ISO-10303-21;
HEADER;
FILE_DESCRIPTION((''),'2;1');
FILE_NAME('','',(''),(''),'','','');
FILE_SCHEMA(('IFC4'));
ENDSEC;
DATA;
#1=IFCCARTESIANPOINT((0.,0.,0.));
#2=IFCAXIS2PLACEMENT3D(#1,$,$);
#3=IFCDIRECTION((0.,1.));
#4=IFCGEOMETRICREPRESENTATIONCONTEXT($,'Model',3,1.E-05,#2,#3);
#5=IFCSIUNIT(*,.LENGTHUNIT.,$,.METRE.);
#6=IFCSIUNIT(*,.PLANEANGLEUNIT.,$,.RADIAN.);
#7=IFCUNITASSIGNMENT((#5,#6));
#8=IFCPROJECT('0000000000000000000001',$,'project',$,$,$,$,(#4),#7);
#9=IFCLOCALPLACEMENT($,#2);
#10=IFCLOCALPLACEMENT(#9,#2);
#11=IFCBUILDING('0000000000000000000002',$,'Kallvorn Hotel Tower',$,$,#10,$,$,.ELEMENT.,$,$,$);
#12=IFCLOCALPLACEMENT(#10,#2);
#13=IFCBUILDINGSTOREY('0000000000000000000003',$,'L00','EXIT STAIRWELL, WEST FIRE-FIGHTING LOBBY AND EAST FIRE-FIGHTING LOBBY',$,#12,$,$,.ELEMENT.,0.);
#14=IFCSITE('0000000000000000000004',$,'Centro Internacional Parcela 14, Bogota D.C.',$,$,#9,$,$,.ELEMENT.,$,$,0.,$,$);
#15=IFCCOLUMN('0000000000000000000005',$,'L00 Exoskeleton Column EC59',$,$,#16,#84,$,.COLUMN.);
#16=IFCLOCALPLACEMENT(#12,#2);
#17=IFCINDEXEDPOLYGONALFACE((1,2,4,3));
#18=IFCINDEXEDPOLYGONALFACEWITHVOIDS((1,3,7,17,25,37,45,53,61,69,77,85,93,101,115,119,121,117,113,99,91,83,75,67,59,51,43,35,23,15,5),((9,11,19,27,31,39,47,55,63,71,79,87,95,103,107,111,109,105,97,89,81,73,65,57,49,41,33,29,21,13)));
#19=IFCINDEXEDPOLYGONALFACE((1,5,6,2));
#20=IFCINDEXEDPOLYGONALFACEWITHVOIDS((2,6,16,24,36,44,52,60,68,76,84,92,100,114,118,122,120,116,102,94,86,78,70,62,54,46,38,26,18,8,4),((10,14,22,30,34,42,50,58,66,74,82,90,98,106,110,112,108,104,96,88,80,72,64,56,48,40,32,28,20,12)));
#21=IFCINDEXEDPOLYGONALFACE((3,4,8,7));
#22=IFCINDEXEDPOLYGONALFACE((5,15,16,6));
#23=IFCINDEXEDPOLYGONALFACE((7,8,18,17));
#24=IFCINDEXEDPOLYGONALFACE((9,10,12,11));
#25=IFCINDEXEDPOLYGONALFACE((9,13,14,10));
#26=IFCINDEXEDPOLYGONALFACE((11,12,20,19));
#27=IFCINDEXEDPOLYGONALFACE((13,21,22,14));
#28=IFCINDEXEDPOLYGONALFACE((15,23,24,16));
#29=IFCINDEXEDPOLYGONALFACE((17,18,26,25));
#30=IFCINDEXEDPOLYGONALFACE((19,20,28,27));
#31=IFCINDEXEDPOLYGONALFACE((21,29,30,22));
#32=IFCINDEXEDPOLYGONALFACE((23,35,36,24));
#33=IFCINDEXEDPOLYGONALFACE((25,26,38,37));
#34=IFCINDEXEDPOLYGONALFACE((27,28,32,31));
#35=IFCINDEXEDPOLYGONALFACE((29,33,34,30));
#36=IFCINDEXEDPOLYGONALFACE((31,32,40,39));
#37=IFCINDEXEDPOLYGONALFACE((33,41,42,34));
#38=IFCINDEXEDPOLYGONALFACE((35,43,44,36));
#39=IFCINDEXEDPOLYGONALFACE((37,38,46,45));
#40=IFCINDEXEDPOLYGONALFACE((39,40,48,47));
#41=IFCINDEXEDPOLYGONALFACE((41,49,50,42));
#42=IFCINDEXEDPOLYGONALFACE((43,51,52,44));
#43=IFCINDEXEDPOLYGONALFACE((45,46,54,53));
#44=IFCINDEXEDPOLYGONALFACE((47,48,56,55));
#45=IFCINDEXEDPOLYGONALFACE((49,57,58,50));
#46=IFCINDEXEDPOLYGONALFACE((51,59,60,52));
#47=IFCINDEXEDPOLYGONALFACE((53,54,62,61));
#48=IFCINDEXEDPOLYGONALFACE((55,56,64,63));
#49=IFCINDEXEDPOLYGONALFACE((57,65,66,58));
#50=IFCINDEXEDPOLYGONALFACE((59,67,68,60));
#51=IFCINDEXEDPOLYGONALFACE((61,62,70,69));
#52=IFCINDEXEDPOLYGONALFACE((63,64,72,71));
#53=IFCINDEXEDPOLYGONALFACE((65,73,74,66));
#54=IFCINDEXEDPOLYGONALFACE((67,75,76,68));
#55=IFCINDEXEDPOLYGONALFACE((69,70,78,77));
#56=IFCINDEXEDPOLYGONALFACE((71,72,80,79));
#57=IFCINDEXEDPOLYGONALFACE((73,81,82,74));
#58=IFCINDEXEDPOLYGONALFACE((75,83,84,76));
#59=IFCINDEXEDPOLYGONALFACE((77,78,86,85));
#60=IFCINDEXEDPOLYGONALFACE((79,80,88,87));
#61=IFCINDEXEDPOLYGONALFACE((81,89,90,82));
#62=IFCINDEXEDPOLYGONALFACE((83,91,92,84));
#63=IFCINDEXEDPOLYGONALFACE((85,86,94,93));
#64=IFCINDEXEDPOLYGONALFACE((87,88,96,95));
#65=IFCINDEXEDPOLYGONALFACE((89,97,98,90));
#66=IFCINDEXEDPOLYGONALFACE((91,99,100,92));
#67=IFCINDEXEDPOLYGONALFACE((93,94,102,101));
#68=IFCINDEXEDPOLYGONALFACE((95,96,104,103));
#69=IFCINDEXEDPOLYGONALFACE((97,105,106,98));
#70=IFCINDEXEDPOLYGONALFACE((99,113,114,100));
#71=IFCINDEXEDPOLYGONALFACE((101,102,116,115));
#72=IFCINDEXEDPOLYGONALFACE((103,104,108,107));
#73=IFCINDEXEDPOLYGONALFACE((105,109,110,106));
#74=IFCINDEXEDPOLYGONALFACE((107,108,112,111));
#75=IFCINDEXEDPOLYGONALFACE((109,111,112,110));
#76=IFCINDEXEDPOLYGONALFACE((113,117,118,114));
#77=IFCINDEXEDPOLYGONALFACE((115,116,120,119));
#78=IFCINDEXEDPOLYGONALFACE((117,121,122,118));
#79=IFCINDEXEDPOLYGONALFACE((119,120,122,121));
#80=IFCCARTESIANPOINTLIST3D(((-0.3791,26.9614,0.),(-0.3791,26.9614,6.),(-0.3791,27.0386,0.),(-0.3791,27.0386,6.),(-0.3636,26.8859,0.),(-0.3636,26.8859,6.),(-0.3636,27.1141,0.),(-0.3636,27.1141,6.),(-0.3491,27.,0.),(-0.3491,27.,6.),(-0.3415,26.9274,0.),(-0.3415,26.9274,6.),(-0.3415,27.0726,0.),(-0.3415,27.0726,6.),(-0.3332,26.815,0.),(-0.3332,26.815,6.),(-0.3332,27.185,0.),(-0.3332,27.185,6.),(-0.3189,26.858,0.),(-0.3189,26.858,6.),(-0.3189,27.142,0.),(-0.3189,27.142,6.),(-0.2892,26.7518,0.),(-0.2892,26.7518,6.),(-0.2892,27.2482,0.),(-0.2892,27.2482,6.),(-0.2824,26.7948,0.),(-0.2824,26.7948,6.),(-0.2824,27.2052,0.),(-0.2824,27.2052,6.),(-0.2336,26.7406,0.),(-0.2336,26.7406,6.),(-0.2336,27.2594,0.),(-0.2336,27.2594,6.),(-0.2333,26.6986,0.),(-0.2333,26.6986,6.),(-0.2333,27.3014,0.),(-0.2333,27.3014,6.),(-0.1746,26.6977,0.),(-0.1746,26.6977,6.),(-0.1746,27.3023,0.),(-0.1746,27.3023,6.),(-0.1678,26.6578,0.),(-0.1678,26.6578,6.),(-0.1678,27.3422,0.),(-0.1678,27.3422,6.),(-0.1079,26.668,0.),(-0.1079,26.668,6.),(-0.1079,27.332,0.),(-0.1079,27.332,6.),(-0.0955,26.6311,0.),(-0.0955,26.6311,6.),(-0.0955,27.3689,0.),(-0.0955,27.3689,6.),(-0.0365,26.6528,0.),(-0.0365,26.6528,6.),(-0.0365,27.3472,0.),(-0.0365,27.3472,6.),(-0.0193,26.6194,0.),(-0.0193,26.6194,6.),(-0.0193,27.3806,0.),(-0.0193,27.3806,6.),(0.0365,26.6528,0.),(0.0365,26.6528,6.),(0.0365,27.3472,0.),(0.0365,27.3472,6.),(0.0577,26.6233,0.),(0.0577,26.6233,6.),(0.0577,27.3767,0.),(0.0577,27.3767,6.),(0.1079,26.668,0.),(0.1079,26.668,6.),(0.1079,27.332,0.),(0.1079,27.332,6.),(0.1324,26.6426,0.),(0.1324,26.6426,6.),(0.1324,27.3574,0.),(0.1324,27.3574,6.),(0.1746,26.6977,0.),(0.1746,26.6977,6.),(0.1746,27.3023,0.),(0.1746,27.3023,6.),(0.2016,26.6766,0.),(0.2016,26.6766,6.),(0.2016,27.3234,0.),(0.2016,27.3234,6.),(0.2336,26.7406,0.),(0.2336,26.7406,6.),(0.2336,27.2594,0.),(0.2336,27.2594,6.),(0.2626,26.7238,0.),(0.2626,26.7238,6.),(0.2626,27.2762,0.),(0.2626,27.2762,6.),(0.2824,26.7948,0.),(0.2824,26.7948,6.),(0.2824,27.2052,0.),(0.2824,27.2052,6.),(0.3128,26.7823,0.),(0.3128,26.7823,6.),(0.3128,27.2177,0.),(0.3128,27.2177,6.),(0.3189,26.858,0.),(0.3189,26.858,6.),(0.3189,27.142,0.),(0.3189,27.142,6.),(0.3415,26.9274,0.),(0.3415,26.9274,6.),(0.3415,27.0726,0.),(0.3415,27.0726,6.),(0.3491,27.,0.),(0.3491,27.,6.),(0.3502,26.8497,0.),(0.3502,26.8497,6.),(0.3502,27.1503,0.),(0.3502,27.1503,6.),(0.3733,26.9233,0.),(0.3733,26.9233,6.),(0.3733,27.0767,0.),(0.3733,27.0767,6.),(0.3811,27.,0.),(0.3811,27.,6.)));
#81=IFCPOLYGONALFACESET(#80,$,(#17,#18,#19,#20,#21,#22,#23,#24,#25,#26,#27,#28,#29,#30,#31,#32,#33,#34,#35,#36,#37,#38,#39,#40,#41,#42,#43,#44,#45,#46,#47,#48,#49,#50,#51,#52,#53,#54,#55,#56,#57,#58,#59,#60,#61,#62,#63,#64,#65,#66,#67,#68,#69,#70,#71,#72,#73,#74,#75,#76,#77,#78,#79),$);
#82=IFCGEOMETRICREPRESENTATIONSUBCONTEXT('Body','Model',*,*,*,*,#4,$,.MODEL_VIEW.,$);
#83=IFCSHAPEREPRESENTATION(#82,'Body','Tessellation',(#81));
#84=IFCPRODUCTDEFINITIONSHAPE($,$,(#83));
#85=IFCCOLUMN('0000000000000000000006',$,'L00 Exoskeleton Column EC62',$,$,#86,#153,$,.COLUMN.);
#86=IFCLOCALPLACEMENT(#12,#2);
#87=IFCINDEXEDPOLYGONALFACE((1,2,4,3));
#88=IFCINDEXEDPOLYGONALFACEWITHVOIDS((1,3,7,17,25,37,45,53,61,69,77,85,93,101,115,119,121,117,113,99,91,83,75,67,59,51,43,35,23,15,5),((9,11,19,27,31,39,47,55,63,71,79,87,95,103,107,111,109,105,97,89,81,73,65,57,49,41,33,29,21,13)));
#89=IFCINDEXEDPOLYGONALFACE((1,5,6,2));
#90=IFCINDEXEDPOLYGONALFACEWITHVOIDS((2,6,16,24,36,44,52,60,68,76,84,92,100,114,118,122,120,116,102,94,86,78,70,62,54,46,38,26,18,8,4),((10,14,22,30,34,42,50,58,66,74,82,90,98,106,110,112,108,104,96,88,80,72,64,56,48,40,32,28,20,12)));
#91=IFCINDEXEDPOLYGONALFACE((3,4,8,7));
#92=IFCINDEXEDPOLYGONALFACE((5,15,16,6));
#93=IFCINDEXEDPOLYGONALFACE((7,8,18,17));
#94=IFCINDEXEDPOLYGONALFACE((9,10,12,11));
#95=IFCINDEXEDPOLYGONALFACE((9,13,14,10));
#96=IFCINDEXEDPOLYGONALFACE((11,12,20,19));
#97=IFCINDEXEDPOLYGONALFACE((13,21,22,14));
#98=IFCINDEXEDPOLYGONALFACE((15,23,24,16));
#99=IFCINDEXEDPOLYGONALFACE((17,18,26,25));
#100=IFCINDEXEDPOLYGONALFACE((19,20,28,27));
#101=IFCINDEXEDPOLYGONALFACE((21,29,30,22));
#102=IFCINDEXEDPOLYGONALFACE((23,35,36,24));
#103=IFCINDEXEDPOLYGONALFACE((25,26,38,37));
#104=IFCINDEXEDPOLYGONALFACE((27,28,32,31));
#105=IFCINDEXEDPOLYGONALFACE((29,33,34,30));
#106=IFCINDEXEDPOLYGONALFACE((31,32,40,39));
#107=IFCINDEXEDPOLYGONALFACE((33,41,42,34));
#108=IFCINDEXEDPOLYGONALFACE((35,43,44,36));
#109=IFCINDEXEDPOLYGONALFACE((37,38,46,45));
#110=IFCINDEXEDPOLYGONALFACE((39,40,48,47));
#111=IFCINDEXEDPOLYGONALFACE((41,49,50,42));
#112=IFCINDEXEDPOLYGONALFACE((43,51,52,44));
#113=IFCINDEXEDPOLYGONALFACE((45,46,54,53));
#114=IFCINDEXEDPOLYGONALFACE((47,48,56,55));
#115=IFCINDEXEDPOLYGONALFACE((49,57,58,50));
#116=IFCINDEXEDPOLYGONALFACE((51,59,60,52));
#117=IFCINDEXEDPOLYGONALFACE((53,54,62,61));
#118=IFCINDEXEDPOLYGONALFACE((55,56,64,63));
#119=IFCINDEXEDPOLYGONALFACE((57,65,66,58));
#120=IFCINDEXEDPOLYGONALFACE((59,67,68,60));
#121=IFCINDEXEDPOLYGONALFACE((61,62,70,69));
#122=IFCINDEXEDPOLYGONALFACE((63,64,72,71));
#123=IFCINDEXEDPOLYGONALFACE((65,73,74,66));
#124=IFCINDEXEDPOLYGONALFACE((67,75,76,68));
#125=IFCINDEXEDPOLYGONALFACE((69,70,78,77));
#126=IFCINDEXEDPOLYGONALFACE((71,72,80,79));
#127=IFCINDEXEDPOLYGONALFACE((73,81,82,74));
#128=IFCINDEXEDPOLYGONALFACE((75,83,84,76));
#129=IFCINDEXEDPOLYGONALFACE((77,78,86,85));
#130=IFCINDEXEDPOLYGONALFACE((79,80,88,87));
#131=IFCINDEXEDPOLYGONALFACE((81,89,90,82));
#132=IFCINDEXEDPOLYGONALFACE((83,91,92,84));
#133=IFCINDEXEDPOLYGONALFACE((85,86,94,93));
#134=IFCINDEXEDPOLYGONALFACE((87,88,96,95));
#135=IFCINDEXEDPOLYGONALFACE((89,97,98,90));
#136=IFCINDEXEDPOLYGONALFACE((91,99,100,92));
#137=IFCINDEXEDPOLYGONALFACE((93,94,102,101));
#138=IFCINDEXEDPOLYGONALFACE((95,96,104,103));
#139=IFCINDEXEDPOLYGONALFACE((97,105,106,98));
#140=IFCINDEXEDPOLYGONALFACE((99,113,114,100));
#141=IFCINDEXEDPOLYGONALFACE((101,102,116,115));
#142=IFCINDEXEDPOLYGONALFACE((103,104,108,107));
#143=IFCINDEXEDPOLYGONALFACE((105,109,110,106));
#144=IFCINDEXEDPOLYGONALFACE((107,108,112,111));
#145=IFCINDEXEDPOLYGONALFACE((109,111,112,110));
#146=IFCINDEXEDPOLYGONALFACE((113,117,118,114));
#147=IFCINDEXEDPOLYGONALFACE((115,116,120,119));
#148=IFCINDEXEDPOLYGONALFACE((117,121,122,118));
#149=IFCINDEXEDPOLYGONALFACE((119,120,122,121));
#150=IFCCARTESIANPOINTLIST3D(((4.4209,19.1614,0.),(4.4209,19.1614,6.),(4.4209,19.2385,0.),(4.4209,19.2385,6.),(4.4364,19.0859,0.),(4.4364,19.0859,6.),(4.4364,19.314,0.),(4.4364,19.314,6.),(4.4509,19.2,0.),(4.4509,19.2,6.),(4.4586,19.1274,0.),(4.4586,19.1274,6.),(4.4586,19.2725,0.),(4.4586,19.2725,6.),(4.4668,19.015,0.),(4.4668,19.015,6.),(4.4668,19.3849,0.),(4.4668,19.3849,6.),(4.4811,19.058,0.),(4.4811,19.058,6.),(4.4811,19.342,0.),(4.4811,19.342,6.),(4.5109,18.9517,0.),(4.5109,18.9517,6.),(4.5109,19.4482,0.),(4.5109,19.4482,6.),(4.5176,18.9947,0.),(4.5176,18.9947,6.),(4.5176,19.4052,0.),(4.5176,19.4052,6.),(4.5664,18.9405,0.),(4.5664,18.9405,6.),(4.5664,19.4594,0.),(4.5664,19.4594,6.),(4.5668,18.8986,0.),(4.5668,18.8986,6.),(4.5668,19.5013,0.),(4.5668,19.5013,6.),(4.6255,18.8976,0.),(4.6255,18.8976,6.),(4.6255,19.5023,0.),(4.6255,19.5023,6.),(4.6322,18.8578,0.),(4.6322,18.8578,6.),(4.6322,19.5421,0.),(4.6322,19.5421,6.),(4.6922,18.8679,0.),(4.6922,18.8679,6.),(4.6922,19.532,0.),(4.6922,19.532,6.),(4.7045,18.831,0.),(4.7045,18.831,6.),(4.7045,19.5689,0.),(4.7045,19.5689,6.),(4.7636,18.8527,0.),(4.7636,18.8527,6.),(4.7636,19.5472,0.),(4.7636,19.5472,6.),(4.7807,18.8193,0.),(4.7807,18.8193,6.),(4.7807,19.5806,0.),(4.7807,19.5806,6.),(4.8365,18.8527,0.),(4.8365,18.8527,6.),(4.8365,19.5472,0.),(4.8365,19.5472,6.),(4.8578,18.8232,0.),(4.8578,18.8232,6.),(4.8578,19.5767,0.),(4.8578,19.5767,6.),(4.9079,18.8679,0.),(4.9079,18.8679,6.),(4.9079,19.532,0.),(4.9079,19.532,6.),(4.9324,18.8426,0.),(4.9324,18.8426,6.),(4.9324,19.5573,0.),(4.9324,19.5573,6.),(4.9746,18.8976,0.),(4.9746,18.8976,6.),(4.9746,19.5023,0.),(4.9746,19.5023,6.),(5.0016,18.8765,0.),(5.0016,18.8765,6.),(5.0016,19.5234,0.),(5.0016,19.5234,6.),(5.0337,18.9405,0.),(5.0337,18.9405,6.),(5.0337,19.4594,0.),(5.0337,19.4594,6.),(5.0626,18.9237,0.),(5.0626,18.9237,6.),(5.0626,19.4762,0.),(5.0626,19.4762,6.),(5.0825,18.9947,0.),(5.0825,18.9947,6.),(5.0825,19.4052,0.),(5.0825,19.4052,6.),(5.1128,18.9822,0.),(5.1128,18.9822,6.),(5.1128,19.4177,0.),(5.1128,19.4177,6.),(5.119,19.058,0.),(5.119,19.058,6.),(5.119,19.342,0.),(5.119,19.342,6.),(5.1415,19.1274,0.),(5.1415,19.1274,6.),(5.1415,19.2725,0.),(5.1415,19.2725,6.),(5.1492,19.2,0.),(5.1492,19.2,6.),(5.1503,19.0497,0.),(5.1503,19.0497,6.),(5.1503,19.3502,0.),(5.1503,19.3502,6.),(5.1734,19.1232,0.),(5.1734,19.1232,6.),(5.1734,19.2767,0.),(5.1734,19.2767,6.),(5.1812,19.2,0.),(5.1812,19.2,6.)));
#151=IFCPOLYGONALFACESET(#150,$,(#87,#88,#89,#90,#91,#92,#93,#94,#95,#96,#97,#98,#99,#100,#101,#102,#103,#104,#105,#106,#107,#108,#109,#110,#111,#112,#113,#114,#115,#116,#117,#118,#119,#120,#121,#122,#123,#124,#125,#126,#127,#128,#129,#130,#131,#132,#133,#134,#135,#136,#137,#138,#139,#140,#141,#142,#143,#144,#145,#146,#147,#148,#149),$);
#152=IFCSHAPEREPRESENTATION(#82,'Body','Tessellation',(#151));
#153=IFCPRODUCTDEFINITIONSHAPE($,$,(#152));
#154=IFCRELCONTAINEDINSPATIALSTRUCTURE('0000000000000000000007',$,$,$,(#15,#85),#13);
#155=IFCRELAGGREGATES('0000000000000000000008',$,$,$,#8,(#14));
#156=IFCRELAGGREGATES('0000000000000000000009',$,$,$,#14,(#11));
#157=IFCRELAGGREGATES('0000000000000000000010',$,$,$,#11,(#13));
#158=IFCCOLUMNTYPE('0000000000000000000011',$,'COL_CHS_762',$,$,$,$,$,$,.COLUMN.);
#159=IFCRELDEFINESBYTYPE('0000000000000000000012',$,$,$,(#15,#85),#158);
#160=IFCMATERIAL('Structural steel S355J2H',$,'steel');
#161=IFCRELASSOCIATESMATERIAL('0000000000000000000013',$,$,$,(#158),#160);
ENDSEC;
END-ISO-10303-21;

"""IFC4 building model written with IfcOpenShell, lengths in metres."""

from ifc_helpers import new_model, si_unit, direction, frame, origin, origin_2d, place, context, subcontext, project, spatial, hollow_circle, extrude, material, material_profile, profile_set, type_object, element, save


model = new_model("IFC4")

# Units and contexts
model_context = context("Model", 3, precision=1e-05, world=origin(), true_north=direction((0.0, 1.0)))
body_context = subcontext(model_context, "Body", "Model", "MODEL_VIEW")
ifc_project = project(units=[si_unit("LENGTHUNIT", "METRE"), si_unit("PLANEANGLEUNIT", "RADIAN")], contexts=[model_context])

# Site, building, storey
site_placement = place(None, origin())
site = spatial("IfcSite", under=ifc_project, at=site_placement, Name="Centro Internacional Parcela 14, Bogota D.C.", CompositionType="ELEMENT", RefElevation=0.0)
building_placement = place(site_placement, origin())
building = spatial("IfcBuilding", under=site, at=building_placement, Name="Kallvorn Hotel Tower", CompositionType="ELEMENT")
storey_placement = place(building_placement, origin())
storey = spatial("IfcBuildingStorey", under=building, at=storey_placement, Name="L00", Description="EXIT STAIRWELL, WEST FIRE-FIGHTING LOBBY AND EAST FIRE-FIGHTING LOBBY", CompositionType="ELEMENT", Elevation=0.0)

# Columns
ifc_material_1 = material(Name="Structural steel S355J2H", Category="steel")
ifc_material_profile_1 = material_profile(ifc_material_1, hollow_circle(Radius=0.3811, WallThickness=0.032, at=origin_2d()), Name="CHS 762x32")
ifc_profile_set_1 = profile_set([ifc_material_profile_1], Name="Structural steel S355J2H")
column_type_1 = type_object("IfcColumnType", Name="COL_CHS_762", PredefinedType="COLUMN", material=ifc_profile_set_1)
for number, where, z_axis, x_axis, name in (
    (1, (0.0, 27.0, 0.0), (0.0, 0.0, 1.0), (1.0, 0.0, 0.0), "L00 Exoskeleton Column EC59"),
    (2, (4.8, 19.2, 0.0), (0.0, 0.0, 1.0), (1.0, 0.0, 0.0), "L00 Exoskeleton Column EC62"),
):
    element("IfcColumn", number, at=place(storey_placement, frame(where, z_axis=z_axis, x_axis=x_axis)), inside=storey, type_object=column_type_1, Name=name, PredefinedType="COLUMN", context=body_context, shape_type="SweptSolid", body=[
        extrude(hollow_circle(Radius=0.3811, WallThickness=0.032, at=origin_2d()), origin(), (0.0, 0.0, 1.0), 6.0),
    ])

save(model, "model.ifc")
